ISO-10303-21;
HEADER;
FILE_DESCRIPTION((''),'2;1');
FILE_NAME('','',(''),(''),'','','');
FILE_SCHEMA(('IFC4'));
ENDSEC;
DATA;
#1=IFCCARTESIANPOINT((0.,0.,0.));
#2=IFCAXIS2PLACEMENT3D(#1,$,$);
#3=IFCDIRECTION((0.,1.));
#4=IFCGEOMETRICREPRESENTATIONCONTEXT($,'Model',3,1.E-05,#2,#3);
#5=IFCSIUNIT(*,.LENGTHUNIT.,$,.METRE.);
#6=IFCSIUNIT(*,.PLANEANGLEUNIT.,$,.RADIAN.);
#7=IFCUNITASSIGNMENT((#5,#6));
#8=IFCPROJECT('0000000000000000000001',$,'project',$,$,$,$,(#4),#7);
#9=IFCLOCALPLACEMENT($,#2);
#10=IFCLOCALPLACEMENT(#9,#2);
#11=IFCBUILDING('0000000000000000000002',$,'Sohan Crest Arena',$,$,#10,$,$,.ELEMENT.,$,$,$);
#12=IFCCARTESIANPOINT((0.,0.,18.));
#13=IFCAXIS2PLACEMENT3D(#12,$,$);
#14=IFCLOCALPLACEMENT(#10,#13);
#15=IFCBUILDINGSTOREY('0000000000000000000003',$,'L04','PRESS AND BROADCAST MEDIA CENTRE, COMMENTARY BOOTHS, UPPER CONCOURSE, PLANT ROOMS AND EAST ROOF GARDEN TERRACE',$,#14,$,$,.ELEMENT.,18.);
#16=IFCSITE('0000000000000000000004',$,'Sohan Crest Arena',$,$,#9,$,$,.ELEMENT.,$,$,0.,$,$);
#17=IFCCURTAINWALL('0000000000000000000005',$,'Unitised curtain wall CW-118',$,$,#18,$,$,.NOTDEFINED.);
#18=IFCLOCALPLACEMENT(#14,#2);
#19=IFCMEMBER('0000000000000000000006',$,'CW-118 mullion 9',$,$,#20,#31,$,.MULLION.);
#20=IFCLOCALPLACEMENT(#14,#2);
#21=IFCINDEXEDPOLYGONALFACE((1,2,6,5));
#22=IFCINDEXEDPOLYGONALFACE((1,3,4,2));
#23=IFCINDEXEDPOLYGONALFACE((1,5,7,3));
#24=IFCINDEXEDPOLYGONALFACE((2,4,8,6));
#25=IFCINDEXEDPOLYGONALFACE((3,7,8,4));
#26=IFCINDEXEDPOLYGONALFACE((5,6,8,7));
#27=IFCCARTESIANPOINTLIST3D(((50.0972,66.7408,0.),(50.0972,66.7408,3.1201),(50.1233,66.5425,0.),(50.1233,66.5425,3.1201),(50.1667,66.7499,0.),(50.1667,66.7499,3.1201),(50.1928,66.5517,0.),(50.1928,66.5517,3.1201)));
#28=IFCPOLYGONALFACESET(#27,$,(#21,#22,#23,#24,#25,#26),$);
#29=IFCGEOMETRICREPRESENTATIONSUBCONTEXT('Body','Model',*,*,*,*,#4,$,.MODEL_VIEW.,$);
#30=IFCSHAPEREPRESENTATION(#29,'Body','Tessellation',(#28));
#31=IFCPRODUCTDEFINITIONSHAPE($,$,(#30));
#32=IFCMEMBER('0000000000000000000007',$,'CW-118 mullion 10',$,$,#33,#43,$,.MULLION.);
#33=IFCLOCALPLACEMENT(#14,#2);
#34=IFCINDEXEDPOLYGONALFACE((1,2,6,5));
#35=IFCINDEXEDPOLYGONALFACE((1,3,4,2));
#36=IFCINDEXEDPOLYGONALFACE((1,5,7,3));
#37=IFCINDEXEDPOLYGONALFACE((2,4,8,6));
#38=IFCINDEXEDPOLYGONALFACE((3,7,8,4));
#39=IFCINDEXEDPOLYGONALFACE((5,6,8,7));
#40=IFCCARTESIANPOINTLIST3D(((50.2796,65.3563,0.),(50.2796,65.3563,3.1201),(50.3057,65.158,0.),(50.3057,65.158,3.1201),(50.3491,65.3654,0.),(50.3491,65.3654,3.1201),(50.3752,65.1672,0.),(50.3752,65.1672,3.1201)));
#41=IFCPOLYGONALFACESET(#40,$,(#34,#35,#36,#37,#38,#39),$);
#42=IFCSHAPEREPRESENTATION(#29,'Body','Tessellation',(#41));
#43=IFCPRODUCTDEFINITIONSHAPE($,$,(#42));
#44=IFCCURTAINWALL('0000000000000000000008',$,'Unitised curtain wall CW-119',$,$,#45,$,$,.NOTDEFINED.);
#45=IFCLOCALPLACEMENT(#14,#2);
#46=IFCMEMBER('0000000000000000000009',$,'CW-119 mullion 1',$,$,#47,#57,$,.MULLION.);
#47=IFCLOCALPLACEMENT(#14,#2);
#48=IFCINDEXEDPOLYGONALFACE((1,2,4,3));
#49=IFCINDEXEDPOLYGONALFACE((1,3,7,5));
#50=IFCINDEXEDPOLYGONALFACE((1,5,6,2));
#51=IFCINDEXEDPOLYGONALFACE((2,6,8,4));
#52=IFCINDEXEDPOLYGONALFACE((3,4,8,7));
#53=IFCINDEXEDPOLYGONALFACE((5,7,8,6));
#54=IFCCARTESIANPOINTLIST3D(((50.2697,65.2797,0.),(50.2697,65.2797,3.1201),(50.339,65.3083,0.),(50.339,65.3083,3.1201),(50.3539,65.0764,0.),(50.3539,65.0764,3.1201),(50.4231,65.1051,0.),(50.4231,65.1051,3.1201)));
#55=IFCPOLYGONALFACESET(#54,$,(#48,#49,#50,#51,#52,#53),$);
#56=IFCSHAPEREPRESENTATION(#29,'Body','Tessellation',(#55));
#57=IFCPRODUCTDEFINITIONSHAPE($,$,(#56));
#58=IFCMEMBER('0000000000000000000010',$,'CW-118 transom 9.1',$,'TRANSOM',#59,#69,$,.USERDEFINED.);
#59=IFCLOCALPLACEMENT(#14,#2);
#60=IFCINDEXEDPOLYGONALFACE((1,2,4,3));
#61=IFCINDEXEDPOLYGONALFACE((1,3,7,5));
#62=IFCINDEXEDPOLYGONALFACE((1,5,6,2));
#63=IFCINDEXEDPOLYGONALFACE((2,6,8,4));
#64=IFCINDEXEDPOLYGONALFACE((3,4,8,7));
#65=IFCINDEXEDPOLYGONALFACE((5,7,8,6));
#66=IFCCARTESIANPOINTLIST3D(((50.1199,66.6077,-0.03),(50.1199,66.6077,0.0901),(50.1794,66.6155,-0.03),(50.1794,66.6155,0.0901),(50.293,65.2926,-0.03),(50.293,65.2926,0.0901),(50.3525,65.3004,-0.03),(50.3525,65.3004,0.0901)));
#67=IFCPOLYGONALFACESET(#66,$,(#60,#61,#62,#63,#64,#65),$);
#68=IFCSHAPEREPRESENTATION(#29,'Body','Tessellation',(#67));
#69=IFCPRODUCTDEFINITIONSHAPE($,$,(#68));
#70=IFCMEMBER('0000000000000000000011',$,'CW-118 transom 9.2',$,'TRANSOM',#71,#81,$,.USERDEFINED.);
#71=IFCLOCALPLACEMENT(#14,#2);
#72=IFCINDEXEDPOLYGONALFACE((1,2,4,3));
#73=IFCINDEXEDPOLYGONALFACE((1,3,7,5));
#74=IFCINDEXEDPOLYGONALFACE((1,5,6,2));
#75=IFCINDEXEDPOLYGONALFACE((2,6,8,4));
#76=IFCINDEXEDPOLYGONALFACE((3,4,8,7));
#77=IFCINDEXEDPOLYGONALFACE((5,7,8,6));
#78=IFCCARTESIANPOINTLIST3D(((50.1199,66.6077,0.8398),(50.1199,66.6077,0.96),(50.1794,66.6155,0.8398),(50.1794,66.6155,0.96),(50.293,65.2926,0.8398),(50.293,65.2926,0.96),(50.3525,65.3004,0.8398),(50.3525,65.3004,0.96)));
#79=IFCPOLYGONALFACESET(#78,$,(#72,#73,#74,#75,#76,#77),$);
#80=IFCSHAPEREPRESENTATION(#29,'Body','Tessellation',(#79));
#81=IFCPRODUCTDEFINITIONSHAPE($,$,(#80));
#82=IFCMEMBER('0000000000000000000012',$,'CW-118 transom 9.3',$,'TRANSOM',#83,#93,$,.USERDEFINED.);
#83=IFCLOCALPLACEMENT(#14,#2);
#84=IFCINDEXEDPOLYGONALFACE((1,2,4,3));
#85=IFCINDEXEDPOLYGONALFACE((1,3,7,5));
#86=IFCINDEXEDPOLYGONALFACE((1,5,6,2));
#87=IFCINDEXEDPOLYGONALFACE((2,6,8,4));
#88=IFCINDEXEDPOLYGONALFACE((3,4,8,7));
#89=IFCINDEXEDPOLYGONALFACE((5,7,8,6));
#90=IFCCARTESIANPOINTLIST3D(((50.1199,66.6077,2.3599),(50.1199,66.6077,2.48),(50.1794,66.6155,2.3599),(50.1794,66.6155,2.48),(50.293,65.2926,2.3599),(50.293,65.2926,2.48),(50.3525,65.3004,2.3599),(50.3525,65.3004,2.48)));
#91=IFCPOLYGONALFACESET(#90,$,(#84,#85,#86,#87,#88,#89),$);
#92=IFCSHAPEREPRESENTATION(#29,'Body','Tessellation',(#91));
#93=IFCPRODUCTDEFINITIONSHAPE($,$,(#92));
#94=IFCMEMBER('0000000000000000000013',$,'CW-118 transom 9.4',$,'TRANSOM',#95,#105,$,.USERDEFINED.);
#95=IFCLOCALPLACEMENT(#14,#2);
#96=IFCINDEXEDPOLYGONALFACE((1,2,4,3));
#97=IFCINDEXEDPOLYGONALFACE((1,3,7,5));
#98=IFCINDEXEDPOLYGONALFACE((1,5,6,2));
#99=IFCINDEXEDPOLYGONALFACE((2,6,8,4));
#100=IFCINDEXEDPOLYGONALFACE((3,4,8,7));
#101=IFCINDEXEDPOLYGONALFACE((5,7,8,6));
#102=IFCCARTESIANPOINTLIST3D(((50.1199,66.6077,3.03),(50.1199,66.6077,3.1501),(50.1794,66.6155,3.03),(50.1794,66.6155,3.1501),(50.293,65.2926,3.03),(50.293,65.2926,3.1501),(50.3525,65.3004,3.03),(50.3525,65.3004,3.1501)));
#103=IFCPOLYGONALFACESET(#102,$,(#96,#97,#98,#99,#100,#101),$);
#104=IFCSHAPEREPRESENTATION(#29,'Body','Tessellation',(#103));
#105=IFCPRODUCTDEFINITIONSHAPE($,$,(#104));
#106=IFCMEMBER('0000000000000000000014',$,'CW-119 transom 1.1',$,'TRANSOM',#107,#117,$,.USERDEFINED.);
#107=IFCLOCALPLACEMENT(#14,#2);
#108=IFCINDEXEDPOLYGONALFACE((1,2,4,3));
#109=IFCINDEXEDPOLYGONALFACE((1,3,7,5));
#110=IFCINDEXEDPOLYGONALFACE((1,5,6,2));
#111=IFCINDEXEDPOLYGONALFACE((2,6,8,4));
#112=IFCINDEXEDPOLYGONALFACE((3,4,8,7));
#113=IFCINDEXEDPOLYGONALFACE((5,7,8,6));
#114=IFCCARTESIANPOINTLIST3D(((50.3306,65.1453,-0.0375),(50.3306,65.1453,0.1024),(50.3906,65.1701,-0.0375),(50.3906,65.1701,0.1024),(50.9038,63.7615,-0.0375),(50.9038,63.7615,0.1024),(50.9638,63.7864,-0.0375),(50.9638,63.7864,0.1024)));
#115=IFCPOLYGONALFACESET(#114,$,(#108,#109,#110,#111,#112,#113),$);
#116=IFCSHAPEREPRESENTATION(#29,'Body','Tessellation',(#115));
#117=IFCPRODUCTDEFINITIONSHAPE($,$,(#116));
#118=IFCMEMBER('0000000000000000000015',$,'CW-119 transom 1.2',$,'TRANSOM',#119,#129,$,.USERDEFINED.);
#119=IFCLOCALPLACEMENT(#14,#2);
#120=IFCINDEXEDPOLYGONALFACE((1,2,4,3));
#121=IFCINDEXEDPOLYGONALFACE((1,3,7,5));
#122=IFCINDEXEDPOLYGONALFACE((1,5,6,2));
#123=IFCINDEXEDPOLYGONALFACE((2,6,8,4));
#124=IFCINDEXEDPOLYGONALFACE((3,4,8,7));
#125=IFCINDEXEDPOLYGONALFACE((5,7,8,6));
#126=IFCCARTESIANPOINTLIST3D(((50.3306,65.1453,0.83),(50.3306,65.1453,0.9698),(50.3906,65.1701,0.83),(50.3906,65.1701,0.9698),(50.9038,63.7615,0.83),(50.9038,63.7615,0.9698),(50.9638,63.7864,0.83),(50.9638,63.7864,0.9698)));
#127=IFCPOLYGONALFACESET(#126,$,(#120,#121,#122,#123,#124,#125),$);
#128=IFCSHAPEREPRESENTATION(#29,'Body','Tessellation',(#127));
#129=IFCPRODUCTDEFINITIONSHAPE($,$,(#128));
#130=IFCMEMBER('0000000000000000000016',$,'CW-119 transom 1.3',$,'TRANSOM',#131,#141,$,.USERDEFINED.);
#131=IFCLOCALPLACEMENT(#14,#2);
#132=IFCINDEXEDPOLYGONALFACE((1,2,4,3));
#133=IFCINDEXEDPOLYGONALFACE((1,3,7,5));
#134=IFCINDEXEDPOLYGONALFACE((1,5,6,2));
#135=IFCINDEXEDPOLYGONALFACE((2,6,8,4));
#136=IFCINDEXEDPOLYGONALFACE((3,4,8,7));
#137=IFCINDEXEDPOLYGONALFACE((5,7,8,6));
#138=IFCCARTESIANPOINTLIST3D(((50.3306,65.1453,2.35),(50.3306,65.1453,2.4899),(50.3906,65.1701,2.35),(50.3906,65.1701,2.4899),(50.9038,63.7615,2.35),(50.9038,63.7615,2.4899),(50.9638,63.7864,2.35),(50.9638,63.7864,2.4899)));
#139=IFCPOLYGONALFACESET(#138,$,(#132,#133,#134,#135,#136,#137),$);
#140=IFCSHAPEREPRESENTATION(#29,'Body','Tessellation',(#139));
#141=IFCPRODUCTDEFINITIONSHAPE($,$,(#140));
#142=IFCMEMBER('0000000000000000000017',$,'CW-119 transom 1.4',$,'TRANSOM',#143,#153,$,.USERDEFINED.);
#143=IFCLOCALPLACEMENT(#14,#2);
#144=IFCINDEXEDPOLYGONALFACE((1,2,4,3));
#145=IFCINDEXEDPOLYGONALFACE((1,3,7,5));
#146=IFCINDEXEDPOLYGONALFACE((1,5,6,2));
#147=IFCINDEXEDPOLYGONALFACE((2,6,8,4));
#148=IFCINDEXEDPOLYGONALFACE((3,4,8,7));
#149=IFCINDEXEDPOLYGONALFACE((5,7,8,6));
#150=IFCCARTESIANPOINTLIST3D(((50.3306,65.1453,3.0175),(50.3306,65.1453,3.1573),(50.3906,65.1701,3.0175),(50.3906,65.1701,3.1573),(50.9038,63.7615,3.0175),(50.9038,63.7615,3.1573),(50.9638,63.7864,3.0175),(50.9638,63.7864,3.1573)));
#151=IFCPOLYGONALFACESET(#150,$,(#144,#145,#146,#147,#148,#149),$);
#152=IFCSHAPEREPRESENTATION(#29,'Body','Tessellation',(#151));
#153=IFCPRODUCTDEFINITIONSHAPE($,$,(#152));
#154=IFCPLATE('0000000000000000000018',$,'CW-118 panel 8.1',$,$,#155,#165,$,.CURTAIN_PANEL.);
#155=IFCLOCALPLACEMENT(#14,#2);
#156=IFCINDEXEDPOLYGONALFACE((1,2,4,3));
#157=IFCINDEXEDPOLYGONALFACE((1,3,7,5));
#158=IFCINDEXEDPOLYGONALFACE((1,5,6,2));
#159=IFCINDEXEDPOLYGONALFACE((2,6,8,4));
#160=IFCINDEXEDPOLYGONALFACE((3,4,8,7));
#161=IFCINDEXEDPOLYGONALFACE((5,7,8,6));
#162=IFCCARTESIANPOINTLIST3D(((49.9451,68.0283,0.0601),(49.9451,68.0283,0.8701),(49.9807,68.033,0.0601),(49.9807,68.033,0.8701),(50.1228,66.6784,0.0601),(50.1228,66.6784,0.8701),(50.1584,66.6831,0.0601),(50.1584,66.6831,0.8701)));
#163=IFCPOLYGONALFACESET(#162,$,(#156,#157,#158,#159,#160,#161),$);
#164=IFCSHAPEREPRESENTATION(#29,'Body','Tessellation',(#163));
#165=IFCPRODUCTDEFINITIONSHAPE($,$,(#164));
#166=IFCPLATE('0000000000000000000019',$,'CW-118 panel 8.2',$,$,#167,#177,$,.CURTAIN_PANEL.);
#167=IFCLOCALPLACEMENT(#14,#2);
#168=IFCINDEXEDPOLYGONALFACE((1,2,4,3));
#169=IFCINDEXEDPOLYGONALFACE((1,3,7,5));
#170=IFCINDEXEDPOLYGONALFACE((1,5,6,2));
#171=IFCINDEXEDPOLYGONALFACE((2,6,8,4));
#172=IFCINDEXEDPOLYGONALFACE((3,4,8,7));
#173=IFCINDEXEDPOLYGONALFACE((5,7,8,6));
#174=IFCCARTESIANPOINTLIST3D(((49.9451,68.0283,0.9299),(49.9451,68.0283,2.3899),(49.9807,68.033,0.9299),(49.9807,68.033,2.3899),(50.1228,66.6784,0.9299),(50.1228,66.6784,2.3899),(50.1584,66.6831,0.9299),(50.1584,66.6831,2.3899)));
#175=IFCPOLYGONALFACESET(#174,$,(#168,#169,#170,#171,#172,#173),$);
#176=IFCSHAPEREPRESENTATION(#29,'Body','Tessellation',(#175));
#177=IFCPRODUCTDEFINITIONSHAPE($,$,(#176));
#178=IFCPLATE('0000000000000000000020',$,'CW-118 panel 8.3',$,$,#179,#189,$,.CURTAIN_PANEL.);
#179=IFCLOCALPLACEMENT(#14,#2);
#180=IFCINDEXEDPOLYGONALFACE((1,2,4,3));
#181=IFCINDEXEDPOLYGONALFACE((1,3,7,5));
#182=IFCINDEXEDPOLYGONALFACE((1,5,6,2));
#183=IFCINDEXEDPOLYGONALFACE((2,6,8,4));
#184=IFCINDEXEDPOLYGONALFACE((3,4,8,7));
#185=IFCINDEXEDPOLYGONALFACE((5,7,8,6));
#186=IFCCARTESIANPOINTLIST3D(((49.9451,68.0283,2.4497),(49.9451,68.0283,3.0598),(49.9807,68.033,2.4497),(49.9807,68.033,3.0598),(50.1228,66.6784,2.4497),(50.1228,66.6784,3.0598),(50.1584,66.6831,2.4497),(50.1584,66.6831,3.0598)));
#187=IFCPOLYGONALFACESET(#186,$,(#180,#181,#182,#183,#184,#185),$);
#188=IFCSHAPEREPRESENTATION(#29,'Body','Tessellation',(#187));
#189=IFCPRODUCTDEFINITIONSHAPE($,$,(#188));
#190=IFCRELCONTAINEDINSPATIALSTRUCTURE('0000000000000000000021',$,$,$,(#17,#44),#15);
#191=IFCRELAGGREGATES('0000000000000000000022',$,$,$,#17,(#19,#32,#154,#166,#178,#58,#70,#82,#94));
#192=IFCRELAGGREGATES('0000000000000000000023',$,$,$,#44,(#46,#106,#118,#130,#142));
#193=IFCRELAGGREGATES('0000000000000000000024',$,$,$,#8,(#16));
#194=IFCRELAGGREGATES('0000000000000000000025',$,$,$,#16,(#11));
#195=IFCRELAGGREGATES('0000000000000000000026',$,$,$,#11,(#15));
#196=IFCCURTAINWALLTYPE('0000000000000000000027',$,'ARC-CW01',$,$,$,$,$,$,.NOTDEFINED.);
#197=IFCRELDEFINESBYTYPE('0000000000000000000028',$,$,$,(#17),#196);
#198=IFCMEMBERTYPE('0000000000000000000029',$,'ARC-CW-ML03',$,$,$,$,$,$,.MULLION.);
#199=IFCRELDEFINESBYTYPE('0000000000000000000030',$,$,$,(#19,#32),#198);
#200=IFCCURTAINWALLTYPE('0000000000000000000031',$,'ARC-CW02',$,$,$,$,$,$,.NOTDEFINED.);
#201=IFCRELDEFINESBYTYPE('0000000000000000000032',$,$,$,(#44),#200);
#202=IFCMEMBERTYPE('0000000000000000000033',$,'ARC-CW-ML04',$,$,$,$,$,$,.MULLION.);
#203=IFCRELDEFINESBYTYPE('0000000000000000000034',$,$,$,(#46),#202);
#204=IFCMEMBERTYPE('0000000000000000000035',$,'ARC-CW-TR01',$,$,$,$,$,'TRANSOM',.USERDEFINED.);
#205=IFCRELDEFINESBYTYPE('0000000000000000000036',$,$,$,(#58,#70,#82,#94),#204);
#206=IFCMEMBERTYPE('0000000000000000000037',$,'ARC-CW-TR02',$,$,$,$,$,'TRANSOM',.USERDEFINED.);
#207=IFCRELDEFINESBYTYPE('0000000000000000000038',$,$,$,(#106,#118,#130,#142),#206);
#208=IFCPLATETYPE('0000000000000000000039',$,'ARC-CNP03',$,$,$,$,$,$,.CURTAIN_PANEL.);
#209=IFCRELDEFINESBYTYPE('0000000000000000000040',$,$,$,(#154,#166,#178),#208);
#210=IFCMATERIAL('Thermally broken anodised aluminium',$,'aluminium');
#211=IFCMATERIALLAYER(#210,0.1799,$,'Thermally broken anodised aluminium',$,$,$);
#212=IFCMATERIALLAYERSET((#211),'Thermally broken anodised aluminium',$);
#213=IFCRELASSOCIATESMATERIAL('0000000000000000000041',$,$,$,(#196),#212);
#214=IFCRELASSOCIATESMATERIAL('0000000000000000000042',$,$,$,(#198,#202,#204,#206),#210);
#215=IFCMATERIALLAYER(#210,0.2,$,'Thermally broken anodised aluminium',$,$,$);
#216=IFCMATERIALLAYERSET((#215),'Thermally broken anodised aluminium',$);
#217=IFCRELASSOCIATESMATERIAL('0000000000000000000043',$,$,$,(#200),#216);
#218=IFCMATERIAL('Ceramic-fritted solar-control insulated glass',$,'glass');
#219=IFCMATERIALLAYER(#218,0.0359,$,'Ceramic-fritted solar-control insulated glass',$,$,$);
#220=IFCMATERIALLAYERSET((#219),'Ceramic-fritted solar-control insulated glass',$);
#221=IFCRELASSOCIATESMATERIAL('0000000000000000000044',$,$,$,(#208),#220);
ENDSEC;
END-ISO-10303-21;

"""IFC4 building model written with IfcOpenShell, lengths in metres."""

from ifc_helpers import new_model, si_unit, direction, frame, origin, origin_2d, place, context, subcontext, project, spatial, rectangle, extrude, material, layer, layer_set, material_profile, profile_set, type_object, element, aggregate, save


model = new_model("IFC4")

# Units and contexts
model_context = context("Model", 3, precision=1e-05, world=origin(), true_north=direction((0.0, 1.0)))
body_context = subcontext(model_context, "Body", "Model", "MODEL_VIEW")
ifc_project = project(units=[si_unit("LENGTHUNIT", "METRE"), si_unit("PLANEANGLEUNIT", "RADIAN")], contexts=[model_context])

# Site, building, storey
site_placement = place(None, origin())
site = spatial("IfcSite", under=ifc_project, at=site_placement, Name="Sohan Crest Arena", CompositionType="ELEMENT", RefElevation=0.0)
building_placement = place(site_placement, origin())
building = spatial("IfcBuilding", under=site, at=building_placement, Name="Sohan Crest Arena", CompositionType="ELEMENT")
storey_placement = place(building_placement, frame((0.0, 0.0, 18.0)))
storey = spatial("IfcBuildingStorey", under=building, at=storey_placement, Name="L04", Description="PRESS AND BROADCAST MEDIA CENTRE, COMMENTARY BOOTHS, UPPER CONCOURSE, PLANT ROOMS AND EAST ROOF GARDEN TERRACE", CompositionType="ELEMENT", Elevation=18.0)

# Curtain wall, members
ifc_material_1 = material(Name="Thermally broken anodised aluminium", Category="aluminium")
ifc_layer_1 = layer(ifc_material_1, 0.1799, Name="Thermally broken anodised aluminium")
ifc_layer_set_1 = layer_set([ifc_layer_1], Name="Thermally broken anodised aluminium")
curtain_wall_type_1 = type_object("IfcCurtainWallType", Name="ARC-CW01", PredefinedType="NOTDEFINED", material=ifc_layer_set_1)
curtain_wall_1_placement = place(storey_placement, origin())
curtain_wall_1 = element("IfcCurtainWall", 1, at=curtain_wall_1_placement, inside=storey, type_object=curtain_wall_type_1, Name="Unitised curtain wall CW-118", PredefinedType="NOTDEFINED")
ifc_material_profile_1 = material_profile(ifc_material_1, rectangle(XDim=0.0701, YDim=0.2, at=origin_2d()), Name="ALU-MULL 70x200")
ifc_profile_set_1 = profile_set([ifc_material_profile_1], Name="Thermally broken anodised aluminium")
member_type_1 = type_object("IfcMemberType", Name="ARC-CW-ML03", PredefinedType="MULLION", material=ifc_profile_set_1)
member_1_placement = place(storey_placement, frame((50.145, 66.6462, 0.0), z_axis=(0.0, 0.0, 1.0), x_axis=(0.991441, 0.130557, 0.0)))
member_1 = element("IfcMember", 2, at=member_1_placement, type_object=member_type_1, Name="CW-118 mullion 9", PredefinedType="MULLION", context=body_context, shape_type="SweptSolid", body=[
    extrude(rectangle(XDim=0.0701, YDim=0.2, at=origin_2d()), origin(), (0.0, 0.0, 1.0), 3.1201),
])
member_2_placement = place(storey_placement, frame((50.3274, 65.2617, 0.0), z_axis=(0.0, 0.0, 1.0), x_axis=(0.991441, 0.130557, 0.0)))
member_2 = element("IfcMember", 3, at=member_2_placement, type_object=member_type_1, Name="CW-118 mullion 10", PredefinedType="MULLION", context=body_context, shape_type="SweptSolid", body=[
    extrude(rectangle(XDim=0.0701, YDim=0.2, at=origin_2d()), origin(), (0.0, 0.0, 1.0), 3.1201),
])

# Curtain wall, member
ifc_layer_2 = layer(ifc_material_1, 0.2, Name="Thermally broken anodised aluminium")
ifc_layer_set_2 = layer_set([ifc_layer_2], Name="Thermally broken anodised aluminium")
curtain_wall_type_2 = type_object("IfcCurtainWallType", Name="ARC-CW02", PredefinedType="NOTDEFINED", material=ifc_layer_set_2)
curtain_wall_2_placement = place(storey_placement, origin())
curtain_wall_2 = element("IfcCurtainWall", 4, at=curtain_wall_2_placement, inside=storey, type_object=curtain_wall_type_2, Name="Unitised curtain wall CW-119", PredefinedType="NOTDEFINED")
ifc_material_profile_2 = material_profile(ifc_material_1, rectangle(XDim=0.075, YDim=0.22, at=origin_2d()), Name="ALU-MULL 75x220")
ifc_profile_set_2 = profile_set([ifc_material_profile_2], Name="Thermally broken anodised aluminium")
member_type_2 = type_object("IfcMemberType", Name="ARC-CW-ML04", PredefinedType="MULLION", material=ifc_profile_set_2)
member_3_placement = place(storey_placement, frame((50.3464, 65.1924, 0.0), z_axis=(0.0, 0.0, 1.0), x_axis=(0.923879, 0.382685, 0.0)))
member_3 = element("IfcMember", 5, at=member_3_placement, type_object=member_type_2, Name="CW-119 mullion 1", PredefinedType="MULLION", context=body_context, shape_type="SweptSolid", body=[
    extrude(rectangle(XDim=0.075, YDim=0.22, at=origin_2d()), origin(), (0.0, 0.0, 1.0), 3.1201),
])

# Members
ifc_material_profile_3 = material_profile(ifc_material_1, rectangle(XDim=0.0601, YDim=0.1201, at=origin_2d()), Name="ALU-TRAN 60x120")
ifc_profile_set_3 = profile_set([ifc_material_profile_3], Name="Thermally broken anodised aluminium")
member_type_3 = type_object("IfcMemberType", Name="ARC-CW-TR01", ElementType="TRANSOM", PredefinedType="USERDEFINED", material=ifc_profile_set_3)
member_4_placement = place(storey_placement, frame((50.1497, 66.6116, 0.03), z_axis=(0.130488, -0.99145, 0.0), x_axis=(0.99145, 0.130488, 0.0)))
member_4 = element("IfcMember", 6, at=member_4_placement, type_object=member_type_3, Name="CW-118 transom 9.1", ObjectType="TRANSOM", PredefinedType="USERDEFINED", context=body_context, shape_type="SweptSolid", body=[
    extrude(rectangle(XDim=0.0601, YDim=0.1201, at=origin_2d()), origin(), (0.0, 0.0, 1.0), 1.3264),
])
member_5_placement = place(storey_placement, frame((50.1497, 66.6116, 0.8999), z_axis=(0.130488, -0.99145, 0.0), x_axis=(0.99145, 0.130488, 0.0)))
member_5 = element("IfcMember", 7, at=member_5_placement, type_object=member_type_3, Name="CW-118 transom 9.2", ObjectType="TRANSOM", PredefinedType="USERDEFINED", context=body_context, shape_type="SweptSolid", body=[
    extrude(rectangle(XDim=0.0601, YDim=0.1201, at=origin_2d()), origin(), (0.0, 0.0, 1.0), 1.3264),
])
member_6_placement = place(storey_placement, frame((50.1497, 66.6116, 2.4199), z_axis=(0.130488, -0.99145, 0.0), x_axis=(0.99145, 0.130488, 0.0)))
member_6 = element("IfcMember", 8, at=member_6_placement, type_object=member_type_3, Name="CW-118 transom 9.3", ObjectType="TRANSOM", PredefinedType="USERDEFINED", context=body_context, shape_type="SweptSolid", body=[
    extrude(rectangle(XDim=0.0601, YDim=0.1201, at=origin_2d()), origin(), (0.0, 0.0, 1.0), 1.3264),
])
member_7_placement = place(storey_placement, frame((50.1497, 66.6116, 3.0901), z_axis=(0.130488, -0.99145, 0.0), x_axis=(0.99145, 0.130488, 0.0)))
member_7 = element("IfcMember", 9, at=member_7_placement, type_object=member_type_3, Name="CW-118 transom 9.4", ObjectType="TRANSOM", PredefinedType="USERDEFINED", context=body_context, shape_type="SweptSolid", body=[
    extrude(rectangle(XDim=0.0601, YDim=0.1201, at=origin_2d()), origin(), (0.0, 0.0, 1.0), 1.3264),
])
ifc_material_profile_4 = material_profile(ifc_material_1, rectangle(XDim=0.0649, YDim=0.1399, at=origin_2d()), Name="ALU-TRAN 65x140")
ifc_profile_set_4 = profile_set([ifc_material_profile_4], Name="Thermally broken anodised aluminium")
member_type_4 = type_object("IfcMemberType", Name="ARC-CW-TR02", ElementType="TRANSOM", PredefinedType="USERDEFINED", material=ifc_profile_set_4)
member_8_placement = place(storey_placement, frame((50.3606, 65.1577, 0.0325), z_axis=(0.382716, -0.923866, 0.0), x_axis=(0.923866, 0.382716, 0.0)))
member_8 = element("IfcMember", 10, at=member_8_placement, type_object=member_type_4, Name="CW-119 transom 1.1", ObjectType="TRANSOM", PredefinedType="USERDEFINED", context=body_context, shape_type="SweptSolid", body=[
    extrude(rectangle(XDim=0.0649, YDim=0.1399, at=origin_2d()), origin(), (0.0, 0.0, 1.0), 1.4978),
])
member_9_placement = place(storey_placement, frame((50.3606, 65.1577, 0.8999), z_axis=(0.382716, -0.923866, 0.0), x_axis=(0.923866, 0.382716, 0.0)))
member_9 = element("IfcMember", 11, at=member_9_placement, type_object=member_type_4, Name="CW-119 transom 1.2", ObjectType="TRANSOM", PredefinedType="USERDEFINED", context=body_context, shape_type="SweptSolid", body=[
    extrude(rectangle(XDim=0.0649, YDim=0.1399, at=origin_2d()), origin(), (0.0, 0.0, 1.0), 1.4978),
])
member_10_placement = place(storey_placement, frame((50.3606, 65.1577, 2.4199), z_axis=(0.382716, -0.923866, 0.0), x_axis=(0.923866, 0.382716, 0.0)))
member_10 = element("IfcMember", 12, at=member_10_placement, type_object=member_type_4, Name="CW-119 transom 1.3", ObjectType="TRANSOM", PredefinedType="USERDEFINED", context=body_context, shape_type="SweptSolid", body=[
    extrude(rectangle(XDim=0.0649, YDim=0.1399, at=origin_2d()), origin(), (0.0, 0.0, 1.0), 1.4978),
])
member_11_placement = place(storey_placement, frame((50.3606, 65.1577, 3.0874), z_axis=(0.382716, -0.923866, 0.0), x_axis=(0.923866, 0.382716, 0.0)))
member_11 = element("IfcMember", 13, at=member_11_placement, type_object=member_type_4, Name="CW-119 transom 1.4", ObjectType="TRANSOM", PredefinedType="USERDEFINED", context=body_context, shape_type="SweptSolid", body=[
    extrude(rectangle(XDim=0.0649, YDim=0.1399, at=origin_2d()), origin(), (0.0, 0.0, 1.0), 1.4978),
])

# Plates
ifc_material_2 = material(Name="Ceramic-fritted solar-control insulated glass", Category="glass")
ifc_layer_3 = layer(ifc_material_2, 0.0359, Name="Ceramic-fritted solar-control insulated glass")
ifc_layer_set_3 = layer_set([ifc_layer_3], Name="Ceramic-fritted solar-control insulated glass")
plate_type_1 = type_object("IfcPlateType", Name="ARC-CNP03", PredefinedType="CURTAIN_PANEL", material=ifc_layer_set_3)
plate_1_placement = place(storey_placement, frame((50.0518, 67.3557, 0.0601), z_axis=(0.0, 0.0, 1.0), x_axis=(0.130557, -0.991441, 0.0)))
plate_1 = element("IfcPlate", 14, at=plate_1_placement, type_object=plate_type_1, Name="CW-118 panel 8.1", PredefinedType="CURTAIN_PANEL", context=body_context, shape_type="SweptSolid", body=[
    extrude(rectangle(XDim=1.3616, YDim=0.0359, at=origin_2d()), origin(), (0.0, 0.0, 1.0), 0.8101),
])
plate_2_placement = place(storey_placement, frame((50.0518, 67.3557, 0.9299), z_axis=(0.0, 0.0, 1.0), x_axis=(0.130557, -0.991441, 0.0)))
plate_2 = element("IfcPlate", 15, at=plate_2_placement, type_object=plate_type_1, Name="CW-118 panel 8.2", PredefinedType="CURTAIN_PANEL", context=body_context, shape_type="SweptSolid", body=[
    extrude(rectangle(XDim=1.3616, YDim=0.0359, at=origin_2d()), origin(), (0.0, 0.0, 1.0), 1.46),
])
plate_3_placement = place(storey_placement, frame((50.0518, 67.3557, 2.4497), z_axis=(0.0, 0.0, 1.0), x_axis=(0.130557, -0.991441, 0.0)))
plate_3 = element("IfcPlate", 16, at=plate_3_placement, type_object=plate_type_1, Name="CW-118 panel 8.3", PredefinedType="CURTAIN_PANEL", context=body_context, shape_type="SweptSolid", body=[
    extrude(rectangle(XDim=1.3616, YDim=0.0359, at=origin_2d()), origin(), (0.0, 0.0, 1.0), 0.6101),
])
aggregate(curtain_wall_1, [member_1, member_2, plate_1, plate_2, plate_3, member_4, member_5, member_6, member_7])
aggregate(curtain_wall_2, [member_3, member_8, member_9, member_10, member_11])

save(model, "model.ifc")
